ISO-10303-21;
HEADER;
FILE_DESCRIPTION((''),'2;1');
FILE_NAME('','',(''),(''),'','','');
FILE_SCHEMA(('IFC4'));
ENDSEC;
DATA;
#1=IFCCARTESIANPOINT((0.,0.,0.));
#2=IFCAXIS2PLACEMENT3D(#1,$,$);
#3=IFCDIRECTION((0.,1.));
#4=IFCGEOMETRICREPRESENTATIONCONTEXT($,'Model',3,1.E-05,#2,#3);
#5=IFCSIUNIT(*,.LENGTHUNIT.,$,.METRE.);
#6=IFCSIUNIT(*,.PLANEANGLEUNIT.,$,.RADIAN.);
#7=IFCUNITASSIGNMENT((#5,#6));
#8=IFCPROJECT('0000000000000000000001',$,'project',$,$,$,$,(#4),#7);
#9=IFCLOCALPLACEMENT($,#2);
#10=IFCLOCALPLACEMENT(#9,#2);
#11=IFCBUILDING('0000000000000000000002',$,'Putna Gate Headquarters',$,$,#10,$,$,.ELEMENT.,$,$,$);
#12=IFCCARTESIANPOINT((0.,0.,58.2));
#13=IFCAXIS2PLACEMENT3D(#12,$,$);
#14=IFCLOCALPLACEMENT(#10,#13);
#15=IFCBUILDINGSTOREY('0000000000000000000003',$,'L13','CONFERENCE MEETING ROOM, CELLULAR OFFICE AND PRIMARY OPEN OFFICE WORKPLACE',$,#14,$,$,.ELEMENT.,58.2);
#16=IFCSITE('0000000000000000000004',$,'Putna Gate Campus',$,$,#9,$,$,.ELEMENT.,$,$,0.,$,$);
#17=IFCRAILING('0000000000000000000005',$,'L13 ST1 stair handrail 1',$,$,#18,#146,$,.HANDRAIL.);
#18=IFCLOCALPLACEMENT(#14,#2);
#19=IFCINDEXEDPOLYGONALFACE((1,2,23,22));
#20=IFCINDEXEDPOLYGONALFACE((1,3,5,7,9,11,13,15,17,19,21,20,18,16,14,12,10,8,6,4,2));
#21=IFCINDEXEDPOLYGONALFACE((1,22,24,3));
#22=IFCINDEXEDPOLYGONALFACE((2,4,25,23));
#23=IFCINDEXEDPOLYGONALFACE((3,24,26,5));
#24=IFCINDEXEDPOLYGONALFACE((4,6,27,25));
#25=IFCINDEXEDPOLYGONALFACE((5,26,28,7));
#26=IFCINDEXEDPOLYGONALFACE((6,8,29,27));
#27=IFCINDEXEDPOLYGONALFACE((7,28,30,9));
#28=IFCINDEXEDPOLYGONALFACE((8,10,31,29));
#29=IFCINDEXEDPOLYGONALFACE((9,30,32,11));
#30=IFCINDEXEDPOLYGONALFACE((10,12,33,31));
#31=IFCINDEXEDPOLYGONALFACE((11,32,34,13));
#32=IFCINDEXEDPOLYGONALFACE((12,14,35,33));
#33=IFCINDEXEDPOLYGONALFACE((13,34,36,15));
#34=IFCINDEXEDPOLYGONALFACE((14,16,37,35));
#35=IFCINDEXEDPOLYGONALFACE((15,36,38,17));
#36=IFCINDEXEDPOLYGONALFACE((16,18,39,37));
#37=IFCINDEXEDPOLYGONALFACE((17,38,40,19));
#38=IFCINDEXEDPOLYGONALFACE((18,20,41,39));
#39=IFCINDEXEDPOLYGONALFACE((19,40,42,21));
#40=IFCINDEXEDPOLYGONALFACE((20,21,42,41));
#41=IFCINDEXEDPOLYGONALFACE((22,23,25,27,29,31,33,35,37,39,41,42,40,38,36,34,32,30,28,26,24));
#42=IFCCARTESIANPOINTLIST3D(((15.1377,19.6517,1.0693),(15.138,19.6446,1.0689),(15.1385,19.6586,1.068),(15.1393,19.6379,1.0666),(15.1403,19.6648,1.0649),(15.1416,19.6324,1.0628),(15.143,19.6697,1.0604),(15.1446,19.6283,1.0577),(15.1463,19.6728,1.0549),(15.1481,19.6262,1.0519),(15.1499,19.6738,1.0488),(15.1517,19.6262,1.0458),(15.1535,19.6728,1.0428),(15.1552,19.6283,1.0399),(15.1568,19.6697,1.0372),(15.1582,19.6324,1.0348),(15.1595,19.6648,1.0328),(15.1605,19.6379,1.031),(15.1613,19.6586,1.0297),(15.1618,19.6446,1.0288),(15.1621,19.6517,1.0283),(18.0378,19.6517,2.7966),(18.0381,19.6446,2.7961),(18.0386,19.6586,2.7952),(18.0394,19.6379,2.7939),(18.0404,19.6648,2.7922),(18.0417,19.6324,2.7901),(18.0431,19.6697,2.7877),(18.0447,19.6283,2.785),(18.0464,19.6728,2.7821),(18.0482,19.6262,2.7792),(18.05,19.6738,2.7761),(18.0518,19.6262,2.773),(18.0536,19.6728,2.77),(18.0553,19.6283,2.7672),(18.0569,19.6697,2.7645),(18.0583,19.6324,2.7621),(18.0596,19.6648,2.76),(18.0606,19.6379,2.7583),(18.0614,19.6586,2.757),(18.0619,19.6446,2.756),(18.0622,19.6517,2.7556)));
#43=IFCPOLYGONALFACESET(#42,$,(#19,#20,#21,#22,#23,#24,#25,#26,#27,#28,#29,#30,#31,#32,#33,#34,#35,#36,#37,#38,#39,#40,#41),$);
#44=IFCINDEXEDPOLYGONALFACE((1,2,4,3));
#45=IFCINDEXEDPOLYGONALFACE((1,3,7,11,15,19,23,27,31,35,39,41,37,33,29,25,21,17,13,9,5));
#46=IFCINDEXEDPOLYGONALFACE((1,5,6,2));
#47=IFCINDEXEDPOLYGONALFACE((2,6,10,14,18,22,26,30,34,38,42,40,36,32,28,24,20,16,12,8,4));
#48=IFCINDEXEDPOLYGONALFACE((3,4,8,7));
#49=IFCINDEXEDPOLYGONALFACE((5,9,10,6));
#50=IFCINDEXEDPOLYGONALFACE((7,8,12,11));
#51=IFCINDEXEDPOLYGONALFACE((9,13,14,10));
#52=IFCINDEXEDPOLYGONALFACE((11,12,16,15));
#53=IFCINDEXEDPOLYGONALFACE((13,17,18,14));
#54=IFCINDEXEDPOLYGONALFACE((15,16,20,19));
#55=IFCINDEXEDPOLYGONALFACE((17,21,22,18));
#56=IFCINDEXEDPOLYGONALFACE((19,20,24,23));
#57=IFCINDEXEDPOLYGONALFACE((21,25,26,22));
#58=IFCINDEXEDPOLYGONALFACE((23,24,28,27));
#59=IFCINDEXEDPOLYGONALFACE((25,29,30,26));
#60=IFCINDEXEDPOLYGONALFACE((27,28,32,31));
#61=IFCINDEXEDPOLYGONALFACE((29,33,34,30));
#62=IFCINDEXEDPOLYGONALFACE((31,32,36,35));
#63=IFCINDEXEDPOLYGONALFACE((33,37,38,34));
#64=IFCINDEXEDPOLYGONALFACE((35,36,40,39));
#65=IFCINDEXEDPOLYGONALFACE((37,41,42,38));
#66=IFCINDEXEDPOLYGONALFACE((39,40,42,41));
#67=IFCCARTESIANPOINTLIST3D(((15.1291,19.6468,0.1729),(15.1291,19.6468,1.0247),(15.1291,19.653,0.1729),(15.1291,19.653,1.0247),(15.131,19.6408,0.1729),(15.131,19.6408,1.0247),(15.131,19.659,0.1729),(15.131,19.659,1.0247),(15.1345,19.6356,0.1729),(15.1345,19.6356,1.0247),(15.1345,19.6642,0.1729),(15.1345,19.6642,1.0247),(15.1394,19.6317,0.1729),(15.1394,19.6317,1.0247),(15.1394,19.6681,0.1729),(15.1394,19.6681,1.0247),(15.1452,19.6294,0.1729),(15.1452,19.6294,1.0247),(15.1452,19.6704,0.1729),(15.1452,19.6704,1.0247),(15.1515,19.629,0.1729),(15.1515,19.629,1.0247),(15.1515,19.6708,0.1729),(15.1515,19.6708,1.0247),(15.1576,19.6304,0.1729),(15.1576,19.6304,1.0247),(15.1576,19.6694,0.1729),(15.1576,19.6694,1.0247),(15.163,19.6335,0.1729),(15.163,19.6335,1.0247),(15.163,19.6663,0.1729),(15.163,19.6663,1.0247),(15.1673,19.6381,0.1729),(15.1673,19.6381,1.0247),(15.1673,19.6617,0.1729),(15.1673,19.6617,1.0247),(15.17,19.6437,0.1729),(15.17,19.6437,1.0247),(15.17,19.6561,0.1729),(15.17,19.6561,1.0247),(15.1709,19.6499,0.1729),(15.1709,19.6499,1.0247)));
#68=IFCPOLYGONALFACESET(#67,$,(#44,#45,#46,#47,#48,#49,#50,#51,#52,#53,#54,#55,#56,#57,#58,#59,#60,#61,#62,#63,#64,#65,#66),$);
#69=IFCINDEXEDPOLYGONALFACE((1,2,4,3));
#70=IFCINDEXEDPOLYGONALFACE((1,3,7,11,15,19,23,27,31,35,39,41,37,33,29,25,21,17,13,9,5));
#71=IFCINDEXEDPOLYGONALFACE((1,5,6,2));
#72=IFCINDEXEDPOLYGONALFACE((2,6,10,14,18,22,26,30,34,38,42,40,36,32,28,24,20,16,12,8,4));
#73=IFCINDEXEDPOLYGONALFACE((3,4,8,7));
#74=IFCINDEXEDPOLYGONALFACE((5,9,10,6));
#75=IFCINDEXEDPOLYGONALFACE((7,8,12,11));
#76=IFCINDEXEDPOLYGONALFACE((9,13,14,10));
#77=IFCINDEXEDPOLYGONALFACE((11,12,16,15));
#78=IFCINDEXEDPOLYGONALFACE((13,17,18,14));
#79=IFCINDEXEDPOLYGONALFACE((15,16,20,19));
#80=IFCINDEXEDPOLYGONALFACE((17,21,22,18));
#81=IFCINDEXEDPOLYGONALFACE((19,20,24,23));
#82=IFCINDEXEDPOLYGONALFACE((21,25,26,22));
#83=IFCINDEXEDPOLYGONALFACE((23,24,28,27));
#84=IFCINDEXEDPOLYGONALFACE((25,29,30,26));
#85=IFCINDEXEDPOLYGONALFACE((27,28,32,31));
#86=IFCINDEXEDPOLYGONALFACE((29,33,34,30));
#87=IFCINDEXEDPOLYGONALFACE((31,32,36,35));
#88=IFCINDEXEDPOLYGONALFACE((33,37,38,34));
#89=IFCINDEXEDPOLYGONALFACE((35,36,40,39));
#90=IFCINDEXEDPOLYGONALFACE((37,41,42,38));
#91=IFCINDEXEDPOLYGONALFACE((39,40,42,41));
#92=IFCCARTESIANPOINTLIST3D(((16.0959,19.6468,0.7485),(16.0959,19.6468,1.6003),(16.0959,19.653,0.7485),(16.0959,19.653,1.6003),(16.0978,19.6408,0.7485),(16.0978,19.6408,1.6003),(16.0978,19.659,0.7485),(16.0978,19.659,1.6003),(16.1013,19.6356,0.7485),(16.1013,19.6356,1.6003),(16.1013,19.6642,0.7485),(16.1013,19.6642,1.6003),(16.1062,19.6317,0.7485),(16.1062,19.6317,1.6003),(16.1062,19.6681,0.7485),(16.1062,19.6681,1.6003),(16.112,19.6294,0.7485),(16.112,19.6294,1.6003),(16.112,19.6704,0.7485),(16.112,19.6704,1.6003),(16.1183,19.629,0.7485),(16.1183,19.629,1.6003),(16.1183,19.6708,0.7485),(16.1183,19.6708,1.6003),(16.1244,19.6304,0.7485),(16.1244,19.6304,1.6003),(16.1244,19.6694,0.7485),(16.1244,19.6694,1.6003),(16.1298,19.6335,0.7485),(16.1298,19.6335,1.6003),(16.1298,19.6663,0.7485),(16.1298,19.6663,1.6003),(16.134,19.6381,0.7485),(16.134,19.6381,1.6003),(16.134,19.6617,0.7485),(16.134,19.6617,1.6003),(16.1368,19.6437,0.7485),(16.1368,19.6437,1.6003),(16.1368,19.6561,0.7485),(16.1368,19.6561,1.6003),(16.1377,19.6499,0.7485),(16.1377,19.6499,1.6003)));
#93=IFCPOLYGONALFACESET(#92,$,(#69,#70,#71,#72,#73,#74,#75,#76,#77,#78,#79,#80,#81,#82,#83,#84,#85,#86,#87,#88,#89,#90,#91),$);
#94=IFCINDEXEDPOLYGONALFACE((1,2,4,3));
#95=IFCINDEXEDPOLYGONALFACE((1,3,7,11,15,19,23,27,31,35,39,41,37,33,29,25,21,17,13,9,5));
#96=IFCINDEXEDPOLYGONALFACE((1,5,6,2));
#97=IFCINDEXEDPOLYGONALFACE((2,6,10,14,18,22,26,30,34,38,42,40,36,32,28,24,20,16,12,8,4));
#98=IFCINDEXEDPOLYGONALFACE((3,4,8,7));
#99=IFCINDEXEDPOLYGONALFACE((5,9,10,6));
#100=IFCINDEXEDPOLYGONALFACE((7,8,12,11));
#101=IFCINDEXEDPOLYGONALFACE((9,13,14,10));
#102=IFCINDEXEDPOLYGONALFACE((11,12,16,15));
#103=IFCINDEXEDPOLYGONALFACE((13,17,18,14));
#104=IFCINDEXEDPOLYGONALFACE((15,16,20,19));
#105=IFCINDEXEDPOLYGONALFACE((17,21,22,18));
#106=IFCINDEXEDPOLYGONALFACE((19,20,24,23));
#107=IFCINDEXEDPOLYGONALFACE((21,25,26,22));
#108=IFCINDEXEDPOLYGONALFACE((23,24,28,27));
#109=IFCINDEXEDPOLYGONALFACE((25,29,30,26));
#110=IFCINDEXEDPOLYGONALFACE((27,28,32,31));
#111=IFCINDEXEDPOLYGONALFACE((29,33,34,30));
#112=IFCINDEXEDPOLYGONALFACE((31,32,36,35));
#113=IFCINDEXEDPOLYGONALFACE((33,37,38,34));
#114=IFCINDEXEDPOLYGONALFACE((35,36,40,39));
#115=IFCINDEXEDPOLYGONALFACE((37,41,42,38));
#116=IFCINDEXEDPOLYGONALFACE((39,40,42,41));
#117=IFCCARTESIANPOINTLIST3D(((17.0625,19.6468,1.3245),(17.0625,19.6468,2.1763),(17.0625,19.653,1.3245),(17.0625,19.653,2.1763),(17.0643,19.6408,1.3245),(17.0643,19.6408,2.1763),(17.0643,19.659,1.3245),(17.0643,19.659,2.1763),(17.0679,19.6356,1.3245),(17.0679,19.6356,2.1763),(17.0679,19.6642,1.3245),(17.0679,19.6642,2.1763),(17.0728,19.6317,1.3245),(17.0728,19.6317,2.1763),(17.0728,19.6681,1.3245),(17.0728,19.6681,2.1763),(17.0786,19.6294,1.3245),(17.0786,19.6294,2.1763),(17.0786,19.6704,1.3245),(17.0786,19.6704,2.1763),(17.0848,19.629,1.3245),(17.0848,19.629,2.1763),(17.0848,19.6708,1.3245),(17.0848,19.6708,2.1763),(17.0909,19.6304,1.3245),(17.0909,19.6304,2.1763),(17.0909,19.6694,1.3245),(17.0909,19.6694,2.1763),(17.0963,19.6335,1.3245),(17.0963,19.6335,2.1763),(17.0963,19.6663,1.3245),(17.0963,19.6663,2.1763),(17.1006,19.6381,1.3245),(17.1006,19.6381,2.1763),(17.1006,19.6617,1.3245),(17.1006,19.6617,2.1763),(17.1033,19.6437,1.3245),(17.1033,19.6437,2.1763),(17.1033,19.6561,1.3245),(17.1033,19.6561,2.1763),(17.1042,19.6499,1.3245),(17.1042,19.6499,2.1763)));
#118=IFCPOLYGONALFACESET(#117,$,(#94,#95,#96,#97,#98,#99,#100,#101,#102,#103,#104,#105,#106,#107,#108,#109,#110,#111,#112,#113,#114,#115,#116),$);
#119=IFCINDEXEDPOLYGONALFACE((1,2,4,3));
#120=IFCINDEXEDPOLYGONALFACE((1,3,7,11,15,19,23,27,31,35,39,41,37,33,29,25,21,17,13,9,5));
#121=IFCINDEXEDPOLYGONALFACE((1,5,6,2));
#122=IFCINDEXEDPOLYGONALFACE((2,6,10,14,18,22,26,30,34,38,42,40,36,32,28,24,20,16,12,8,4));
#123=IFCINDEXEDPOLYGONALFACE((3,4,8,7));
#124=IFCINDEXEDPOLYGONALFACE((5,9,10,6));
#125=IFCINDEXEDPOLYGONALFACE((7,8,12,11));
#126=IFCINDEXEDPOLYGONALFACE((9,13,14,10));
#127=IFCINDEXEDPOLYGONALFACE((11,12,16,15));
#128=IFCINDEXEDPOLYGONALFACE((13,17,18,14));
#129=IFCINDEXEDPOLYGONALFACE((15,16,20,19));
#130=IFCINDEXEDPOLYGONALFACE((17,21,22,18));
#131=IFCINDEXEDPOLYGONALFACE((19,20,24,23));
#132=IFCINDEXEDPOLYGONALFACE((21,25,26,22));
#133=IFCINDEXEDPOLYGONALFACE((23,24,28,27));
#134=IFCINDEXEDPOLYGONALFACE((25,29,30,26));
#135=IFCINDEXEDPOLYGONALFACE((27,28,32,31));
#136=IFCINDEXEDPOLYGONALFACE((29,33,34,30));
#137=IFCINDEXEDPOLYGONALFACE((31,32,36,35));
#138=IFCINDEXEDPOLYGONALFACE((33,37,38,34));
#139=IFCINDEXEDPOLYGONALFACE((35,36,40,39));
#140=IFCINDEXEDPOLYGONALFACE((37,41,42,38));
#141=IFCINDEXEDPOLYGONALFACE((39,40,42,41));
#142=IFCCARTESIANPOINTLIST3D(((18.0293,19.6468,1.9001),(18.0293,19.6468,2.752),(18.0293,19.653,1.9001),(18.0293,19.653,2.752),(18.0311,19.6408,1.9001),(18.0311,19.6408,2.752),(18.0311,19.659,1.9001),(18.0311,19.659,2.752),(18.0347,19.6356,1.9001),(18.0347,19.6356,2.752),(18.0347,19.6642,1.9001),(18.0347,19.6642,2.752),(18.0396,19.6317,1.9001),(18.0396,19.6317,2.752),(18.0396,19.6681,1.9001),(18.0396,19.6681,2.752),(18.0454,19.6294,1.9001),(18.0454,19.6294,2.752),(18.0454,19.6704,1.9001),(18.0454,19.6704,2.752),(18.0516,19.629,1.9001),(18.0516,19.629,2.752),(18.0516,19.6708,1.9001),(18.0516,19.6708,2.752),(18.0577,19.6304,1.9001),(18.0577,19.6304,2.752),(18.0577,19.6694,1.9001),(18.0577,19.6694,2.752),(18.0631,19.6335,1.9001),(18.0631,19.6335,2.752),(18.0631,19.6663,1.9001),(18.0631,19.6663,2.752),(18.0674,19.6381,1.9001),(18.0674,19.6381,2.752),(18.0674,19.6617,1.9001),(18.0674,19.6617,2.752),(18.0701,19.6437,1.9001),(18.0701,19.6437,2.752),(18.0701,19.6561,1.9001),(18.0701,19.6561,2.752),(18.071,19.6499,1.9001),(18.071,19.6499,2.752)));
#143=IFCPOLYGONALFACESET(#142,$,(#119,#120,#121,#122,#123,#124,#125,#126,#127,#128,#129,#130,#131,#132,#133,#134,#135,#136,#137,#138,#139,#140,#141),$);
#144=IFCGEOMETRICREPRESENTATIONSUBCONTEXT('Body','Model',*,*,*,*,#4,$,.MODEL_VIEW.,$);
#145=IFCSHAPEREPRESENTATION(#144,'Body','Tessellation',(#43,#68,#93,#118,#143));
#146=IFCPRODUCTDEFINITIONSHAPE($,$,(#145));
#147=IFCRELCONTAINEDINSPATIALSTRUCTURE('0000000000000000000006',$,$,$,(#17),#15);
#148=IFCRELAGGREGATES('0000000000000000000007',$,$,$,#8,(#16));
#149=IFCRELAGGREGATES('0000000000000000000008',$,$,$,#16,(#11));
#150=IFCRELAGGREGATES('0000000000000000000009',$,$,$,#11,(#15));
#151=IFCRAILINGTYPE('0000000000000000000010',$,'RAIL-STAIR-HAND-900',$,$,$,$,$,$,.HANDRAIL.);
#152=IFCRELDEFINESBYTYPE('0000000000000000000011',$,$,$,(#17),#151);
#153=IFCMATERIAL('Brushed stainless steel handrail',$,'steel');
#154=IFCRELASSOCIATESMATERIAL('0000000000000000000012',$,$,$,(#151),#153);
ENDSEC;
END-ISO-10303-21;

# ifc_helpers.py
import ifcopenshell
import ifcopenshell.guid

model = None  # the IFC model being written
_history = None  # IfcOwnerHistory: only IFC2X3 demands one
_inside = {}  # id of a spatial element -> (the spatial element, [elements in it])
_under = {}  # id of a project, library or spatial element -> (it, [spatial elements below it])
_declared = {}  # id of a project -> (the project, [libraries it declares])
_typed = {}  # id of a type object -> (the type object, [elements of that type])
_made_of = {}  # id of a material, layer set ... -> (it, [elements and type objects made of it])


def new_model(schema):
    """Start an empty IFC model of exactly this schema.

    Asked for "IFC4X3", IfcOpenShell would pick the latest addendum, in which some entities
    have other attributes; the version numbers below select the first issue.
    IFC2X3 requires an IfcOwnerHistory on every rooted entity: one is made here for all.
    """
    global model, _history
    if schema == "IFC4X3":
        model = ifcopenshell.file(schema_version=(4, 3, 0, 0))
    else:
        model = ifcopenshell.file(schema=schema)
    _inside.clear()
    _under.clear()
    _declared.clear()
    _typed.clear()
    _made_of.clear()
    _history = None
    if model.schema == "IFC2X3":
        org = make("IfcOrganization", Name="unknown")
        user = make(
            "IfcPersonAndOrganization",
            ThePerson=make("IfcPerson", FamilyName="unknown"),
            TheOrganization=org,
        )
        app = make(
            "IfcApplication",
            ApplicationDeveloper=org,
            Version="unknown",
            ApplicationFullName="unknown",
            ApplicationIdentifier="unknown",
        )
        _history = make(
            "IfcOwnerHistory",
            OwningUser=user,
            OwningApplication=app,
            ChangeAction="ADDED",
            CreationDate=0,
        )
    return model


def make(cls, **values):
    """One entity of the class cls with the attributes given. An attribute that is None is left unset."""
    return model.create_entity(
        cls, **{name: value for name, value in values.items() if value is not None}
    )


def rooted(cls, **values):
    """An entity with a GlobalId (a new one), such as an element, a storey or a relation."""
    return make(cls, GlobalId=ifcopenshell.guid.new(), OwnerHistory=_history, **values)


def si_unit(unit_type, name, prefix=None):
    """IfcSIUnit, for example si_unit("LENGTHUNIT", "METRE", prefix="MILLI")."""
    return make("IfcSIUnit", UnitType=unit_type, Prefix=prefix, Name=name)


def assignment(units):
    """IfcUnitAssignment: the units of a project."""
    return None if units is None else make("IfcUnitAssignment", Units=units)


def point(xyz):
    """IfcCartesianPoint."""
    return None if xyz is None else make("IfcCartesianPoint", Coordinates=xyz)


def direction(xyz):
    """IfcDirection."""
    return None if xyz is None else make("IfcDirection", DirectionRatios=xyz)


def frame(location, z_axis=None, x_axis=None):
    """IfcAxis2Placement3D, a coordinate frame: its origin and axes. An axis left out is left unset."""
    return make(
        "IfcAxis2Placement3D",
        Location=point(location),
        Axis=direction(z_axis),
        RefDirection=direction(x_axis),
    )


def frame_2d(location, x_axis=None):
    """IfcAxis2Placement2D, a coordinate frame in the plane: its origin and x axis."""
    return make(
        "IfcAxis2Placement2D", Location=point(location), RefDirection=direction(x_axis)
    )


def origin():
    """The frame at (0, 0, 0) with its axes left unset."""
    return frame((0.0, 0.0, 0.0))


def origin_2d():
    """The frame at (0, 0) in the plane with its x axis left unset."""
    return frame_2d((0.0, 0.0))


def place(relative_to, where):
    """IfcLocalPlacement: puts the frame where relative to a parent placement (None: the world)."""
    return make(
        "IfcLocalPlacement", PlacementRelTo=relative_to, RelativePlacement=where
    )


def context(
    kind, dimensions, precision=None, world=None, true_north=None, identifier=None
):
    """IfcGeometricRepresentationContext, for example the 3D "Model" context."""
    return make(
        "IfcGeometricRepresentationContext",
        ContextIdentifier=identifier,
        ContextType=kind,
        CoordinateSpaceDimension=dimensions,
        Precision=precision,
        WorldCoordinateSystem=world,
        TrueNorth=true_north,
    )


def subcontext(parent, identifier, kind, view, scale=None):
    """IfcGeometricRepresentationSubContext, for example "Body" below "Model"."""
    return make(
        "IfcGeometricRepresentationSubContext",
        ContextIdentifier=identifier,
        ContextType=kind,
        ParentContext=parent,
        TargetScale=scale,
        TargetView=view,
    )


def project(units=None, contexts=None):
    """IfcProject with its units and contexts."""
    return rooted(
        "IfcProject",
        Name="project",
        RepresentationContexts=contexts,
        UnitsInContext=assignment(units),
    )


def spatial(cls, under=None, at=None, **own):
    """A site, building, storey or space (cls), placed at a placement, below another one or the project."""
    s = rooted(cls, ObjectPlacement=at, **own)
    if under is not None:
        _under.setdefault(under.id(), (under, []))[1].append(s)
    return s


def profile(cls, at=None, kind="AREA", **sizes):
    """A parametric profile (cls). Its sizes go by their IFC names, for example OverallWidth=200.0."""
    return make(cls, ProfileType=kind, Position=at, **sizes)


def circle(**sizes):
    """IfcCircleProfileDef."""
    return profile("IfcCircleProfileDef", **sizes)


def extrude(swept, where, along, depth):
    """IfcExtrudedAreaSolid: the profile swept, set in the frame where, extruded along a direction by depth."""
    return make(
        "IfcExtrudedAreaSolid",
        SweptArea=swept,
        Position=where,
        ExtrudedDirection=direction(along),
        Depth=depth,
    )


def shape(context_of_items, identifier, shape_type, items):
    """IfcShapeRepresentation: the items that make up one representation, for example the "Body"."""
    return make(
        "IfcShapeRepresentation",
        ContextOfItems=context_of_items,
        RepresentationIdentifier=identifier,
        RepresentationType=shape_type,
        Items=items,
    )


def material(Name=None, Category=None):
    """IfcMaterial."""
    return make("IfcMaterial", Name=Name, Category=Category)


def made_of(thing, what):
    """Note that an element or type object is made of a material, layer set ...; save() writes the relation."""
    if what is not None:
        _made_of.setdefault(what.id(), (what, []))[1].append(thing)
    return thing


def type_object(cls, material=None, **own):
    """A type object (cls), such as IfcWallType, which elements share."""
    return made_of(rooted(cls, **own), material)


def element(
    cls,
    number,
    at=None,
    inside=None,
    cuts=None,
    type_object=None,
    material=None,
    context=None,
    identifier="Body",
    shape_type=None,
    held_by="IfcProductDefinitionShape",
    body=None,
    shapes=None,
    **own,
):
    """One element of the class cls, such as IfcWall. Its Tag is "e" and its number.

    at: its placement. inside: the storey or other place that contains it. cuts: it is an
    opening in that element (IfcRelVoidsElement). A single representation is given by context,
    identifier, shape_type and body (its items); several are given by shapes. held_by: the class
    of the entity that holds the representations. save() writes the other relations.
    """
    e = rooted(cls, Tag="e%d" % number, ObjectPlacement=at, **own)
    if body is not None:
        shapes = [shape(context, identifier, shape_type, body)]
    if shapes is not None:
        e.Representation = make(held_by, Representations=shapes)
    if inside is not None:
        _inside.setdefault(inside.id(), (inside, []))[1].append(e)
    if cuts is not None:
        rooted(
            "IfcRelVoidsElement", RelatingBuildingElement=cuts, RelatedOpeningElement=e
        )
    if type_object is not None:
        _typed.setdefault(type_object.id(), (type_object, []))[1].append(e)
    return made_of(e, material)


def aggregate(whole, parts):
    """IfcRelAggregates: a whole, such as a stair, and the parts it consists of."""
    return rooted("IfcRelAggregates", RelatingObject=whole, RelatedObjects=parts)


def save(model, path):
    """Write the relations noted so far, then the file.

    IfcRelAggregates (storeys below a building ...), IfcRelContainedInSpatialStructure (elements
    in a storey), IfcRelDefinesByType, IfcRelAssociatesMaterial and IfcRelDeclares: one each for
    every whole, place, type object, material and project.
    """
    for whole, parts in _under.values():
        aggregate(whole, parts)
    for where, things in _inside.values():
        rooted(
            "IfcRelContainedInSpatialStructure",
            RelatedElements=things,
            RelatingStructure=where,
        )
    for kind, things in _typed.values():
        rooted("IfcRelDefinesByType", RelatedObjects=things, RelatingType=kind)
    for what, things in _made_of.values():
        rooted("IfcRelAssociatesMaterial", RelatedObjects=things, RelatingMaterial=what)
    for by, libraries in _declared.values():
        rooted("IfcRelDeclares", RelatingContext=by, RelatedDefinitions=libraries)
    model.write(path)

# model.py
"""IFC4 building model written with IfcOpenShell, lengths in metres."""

from ifc_helpers import new_model, si_unit, direction, frame, origin, origin_2d, place, context, subcontext, project, spatial, circle, extrude, material, type_object, element, save


model = new_model("IFC4")

# Units and contexts
model_context = context("Model", 3, precision=1e-05, world=origin(), true_north=direction((0.0, 1.0)))
body_context = subcontext(model_context, "Body", "Model", "MODEL_VIEW")
ifc_project = project(units=[si_unit("LENGTHUNIT", "METRE"), si_unit("PLANEANGLEUNIT", "RADIAN")], contexts=[model_context])

# Site, building, storey
site_placement = place(None, origin())
site = spatial("IfcSite", under=ifc_project, at=site_placement, Name="Putna Gate Campus", CompositionType="ELEMENT", RefElevation=0.0)
building_placement = place(site_placement, origin())
building = spatial("IfcBuilding", under=site, at=building_placement, Name="Putna Gate Headquarters", CompositionType="ELEMENT")
storey_placement = place(building_placement, frame((0.0, 0.0, 58.2)))
storey = spatial("IfcBuildingStorey", under=building, at=storey_placement, Name="L13", Description="CONFERENCE MEETING ROOM, CELLULAR OFFICE AND PRIMARY OPEN OFFICE WORKPLACE", CompositionType="ELEMENT", Elevation=58.2)

# Railing
ifc_material_1 = material(Name="Brushed stainless steel handrail", Category="steel")
railing_type_1 = type_object("IfcRailingType", Name="RAIL-STAIR-HAND-900", PredefinedType="HANDRAIL", material=ifc_material_1)
railing_1_placement = place(storey_placement, frame((15.1499, 19.6499, 0.1729)))
element("IfcRailing", 1, at=railing_1_placement, inside=storey, type_object=railing_type_1, Name="L13 ST1 stair handrail 1", PredefinedType="HANDRAIL", context=body_context, shape_type="SweptSolid", body=[
    extrude(circle(Radius=0.0239, at=origin_2d()), frame((0.0, 0.0, 0.876), z_axis=(0.85916, 0.0, 0.511706), x_axis=(0.0, 1.0, 0.0)), (0.0, 0.0, 1.0), 3.3755),
    extrude(circle(Radius=0.021, at=origin_2d()), origin(), (0.0, 0.0, 1.0), 0.8518),
    extrude(circle(Radius=0.021, at=origin_2d()), frame((0.9668, 0.0, 0.5757)), (0.0, 0.0, 1.0), 0.8518),
    extrude(circle(Radius=0.021, at=origin_2d()), frame((1.9333, 0.0, 1.1516)), (0.0, 0.0, 1.0), 0.8518),
    extrude(circle(Radius=0.021, at=origin_2d()), frame((2.9001, 0.0, 1.7273)), (0.0, 0.0, 1.0), 0.8518),
])

save(model, "model.ifc")
